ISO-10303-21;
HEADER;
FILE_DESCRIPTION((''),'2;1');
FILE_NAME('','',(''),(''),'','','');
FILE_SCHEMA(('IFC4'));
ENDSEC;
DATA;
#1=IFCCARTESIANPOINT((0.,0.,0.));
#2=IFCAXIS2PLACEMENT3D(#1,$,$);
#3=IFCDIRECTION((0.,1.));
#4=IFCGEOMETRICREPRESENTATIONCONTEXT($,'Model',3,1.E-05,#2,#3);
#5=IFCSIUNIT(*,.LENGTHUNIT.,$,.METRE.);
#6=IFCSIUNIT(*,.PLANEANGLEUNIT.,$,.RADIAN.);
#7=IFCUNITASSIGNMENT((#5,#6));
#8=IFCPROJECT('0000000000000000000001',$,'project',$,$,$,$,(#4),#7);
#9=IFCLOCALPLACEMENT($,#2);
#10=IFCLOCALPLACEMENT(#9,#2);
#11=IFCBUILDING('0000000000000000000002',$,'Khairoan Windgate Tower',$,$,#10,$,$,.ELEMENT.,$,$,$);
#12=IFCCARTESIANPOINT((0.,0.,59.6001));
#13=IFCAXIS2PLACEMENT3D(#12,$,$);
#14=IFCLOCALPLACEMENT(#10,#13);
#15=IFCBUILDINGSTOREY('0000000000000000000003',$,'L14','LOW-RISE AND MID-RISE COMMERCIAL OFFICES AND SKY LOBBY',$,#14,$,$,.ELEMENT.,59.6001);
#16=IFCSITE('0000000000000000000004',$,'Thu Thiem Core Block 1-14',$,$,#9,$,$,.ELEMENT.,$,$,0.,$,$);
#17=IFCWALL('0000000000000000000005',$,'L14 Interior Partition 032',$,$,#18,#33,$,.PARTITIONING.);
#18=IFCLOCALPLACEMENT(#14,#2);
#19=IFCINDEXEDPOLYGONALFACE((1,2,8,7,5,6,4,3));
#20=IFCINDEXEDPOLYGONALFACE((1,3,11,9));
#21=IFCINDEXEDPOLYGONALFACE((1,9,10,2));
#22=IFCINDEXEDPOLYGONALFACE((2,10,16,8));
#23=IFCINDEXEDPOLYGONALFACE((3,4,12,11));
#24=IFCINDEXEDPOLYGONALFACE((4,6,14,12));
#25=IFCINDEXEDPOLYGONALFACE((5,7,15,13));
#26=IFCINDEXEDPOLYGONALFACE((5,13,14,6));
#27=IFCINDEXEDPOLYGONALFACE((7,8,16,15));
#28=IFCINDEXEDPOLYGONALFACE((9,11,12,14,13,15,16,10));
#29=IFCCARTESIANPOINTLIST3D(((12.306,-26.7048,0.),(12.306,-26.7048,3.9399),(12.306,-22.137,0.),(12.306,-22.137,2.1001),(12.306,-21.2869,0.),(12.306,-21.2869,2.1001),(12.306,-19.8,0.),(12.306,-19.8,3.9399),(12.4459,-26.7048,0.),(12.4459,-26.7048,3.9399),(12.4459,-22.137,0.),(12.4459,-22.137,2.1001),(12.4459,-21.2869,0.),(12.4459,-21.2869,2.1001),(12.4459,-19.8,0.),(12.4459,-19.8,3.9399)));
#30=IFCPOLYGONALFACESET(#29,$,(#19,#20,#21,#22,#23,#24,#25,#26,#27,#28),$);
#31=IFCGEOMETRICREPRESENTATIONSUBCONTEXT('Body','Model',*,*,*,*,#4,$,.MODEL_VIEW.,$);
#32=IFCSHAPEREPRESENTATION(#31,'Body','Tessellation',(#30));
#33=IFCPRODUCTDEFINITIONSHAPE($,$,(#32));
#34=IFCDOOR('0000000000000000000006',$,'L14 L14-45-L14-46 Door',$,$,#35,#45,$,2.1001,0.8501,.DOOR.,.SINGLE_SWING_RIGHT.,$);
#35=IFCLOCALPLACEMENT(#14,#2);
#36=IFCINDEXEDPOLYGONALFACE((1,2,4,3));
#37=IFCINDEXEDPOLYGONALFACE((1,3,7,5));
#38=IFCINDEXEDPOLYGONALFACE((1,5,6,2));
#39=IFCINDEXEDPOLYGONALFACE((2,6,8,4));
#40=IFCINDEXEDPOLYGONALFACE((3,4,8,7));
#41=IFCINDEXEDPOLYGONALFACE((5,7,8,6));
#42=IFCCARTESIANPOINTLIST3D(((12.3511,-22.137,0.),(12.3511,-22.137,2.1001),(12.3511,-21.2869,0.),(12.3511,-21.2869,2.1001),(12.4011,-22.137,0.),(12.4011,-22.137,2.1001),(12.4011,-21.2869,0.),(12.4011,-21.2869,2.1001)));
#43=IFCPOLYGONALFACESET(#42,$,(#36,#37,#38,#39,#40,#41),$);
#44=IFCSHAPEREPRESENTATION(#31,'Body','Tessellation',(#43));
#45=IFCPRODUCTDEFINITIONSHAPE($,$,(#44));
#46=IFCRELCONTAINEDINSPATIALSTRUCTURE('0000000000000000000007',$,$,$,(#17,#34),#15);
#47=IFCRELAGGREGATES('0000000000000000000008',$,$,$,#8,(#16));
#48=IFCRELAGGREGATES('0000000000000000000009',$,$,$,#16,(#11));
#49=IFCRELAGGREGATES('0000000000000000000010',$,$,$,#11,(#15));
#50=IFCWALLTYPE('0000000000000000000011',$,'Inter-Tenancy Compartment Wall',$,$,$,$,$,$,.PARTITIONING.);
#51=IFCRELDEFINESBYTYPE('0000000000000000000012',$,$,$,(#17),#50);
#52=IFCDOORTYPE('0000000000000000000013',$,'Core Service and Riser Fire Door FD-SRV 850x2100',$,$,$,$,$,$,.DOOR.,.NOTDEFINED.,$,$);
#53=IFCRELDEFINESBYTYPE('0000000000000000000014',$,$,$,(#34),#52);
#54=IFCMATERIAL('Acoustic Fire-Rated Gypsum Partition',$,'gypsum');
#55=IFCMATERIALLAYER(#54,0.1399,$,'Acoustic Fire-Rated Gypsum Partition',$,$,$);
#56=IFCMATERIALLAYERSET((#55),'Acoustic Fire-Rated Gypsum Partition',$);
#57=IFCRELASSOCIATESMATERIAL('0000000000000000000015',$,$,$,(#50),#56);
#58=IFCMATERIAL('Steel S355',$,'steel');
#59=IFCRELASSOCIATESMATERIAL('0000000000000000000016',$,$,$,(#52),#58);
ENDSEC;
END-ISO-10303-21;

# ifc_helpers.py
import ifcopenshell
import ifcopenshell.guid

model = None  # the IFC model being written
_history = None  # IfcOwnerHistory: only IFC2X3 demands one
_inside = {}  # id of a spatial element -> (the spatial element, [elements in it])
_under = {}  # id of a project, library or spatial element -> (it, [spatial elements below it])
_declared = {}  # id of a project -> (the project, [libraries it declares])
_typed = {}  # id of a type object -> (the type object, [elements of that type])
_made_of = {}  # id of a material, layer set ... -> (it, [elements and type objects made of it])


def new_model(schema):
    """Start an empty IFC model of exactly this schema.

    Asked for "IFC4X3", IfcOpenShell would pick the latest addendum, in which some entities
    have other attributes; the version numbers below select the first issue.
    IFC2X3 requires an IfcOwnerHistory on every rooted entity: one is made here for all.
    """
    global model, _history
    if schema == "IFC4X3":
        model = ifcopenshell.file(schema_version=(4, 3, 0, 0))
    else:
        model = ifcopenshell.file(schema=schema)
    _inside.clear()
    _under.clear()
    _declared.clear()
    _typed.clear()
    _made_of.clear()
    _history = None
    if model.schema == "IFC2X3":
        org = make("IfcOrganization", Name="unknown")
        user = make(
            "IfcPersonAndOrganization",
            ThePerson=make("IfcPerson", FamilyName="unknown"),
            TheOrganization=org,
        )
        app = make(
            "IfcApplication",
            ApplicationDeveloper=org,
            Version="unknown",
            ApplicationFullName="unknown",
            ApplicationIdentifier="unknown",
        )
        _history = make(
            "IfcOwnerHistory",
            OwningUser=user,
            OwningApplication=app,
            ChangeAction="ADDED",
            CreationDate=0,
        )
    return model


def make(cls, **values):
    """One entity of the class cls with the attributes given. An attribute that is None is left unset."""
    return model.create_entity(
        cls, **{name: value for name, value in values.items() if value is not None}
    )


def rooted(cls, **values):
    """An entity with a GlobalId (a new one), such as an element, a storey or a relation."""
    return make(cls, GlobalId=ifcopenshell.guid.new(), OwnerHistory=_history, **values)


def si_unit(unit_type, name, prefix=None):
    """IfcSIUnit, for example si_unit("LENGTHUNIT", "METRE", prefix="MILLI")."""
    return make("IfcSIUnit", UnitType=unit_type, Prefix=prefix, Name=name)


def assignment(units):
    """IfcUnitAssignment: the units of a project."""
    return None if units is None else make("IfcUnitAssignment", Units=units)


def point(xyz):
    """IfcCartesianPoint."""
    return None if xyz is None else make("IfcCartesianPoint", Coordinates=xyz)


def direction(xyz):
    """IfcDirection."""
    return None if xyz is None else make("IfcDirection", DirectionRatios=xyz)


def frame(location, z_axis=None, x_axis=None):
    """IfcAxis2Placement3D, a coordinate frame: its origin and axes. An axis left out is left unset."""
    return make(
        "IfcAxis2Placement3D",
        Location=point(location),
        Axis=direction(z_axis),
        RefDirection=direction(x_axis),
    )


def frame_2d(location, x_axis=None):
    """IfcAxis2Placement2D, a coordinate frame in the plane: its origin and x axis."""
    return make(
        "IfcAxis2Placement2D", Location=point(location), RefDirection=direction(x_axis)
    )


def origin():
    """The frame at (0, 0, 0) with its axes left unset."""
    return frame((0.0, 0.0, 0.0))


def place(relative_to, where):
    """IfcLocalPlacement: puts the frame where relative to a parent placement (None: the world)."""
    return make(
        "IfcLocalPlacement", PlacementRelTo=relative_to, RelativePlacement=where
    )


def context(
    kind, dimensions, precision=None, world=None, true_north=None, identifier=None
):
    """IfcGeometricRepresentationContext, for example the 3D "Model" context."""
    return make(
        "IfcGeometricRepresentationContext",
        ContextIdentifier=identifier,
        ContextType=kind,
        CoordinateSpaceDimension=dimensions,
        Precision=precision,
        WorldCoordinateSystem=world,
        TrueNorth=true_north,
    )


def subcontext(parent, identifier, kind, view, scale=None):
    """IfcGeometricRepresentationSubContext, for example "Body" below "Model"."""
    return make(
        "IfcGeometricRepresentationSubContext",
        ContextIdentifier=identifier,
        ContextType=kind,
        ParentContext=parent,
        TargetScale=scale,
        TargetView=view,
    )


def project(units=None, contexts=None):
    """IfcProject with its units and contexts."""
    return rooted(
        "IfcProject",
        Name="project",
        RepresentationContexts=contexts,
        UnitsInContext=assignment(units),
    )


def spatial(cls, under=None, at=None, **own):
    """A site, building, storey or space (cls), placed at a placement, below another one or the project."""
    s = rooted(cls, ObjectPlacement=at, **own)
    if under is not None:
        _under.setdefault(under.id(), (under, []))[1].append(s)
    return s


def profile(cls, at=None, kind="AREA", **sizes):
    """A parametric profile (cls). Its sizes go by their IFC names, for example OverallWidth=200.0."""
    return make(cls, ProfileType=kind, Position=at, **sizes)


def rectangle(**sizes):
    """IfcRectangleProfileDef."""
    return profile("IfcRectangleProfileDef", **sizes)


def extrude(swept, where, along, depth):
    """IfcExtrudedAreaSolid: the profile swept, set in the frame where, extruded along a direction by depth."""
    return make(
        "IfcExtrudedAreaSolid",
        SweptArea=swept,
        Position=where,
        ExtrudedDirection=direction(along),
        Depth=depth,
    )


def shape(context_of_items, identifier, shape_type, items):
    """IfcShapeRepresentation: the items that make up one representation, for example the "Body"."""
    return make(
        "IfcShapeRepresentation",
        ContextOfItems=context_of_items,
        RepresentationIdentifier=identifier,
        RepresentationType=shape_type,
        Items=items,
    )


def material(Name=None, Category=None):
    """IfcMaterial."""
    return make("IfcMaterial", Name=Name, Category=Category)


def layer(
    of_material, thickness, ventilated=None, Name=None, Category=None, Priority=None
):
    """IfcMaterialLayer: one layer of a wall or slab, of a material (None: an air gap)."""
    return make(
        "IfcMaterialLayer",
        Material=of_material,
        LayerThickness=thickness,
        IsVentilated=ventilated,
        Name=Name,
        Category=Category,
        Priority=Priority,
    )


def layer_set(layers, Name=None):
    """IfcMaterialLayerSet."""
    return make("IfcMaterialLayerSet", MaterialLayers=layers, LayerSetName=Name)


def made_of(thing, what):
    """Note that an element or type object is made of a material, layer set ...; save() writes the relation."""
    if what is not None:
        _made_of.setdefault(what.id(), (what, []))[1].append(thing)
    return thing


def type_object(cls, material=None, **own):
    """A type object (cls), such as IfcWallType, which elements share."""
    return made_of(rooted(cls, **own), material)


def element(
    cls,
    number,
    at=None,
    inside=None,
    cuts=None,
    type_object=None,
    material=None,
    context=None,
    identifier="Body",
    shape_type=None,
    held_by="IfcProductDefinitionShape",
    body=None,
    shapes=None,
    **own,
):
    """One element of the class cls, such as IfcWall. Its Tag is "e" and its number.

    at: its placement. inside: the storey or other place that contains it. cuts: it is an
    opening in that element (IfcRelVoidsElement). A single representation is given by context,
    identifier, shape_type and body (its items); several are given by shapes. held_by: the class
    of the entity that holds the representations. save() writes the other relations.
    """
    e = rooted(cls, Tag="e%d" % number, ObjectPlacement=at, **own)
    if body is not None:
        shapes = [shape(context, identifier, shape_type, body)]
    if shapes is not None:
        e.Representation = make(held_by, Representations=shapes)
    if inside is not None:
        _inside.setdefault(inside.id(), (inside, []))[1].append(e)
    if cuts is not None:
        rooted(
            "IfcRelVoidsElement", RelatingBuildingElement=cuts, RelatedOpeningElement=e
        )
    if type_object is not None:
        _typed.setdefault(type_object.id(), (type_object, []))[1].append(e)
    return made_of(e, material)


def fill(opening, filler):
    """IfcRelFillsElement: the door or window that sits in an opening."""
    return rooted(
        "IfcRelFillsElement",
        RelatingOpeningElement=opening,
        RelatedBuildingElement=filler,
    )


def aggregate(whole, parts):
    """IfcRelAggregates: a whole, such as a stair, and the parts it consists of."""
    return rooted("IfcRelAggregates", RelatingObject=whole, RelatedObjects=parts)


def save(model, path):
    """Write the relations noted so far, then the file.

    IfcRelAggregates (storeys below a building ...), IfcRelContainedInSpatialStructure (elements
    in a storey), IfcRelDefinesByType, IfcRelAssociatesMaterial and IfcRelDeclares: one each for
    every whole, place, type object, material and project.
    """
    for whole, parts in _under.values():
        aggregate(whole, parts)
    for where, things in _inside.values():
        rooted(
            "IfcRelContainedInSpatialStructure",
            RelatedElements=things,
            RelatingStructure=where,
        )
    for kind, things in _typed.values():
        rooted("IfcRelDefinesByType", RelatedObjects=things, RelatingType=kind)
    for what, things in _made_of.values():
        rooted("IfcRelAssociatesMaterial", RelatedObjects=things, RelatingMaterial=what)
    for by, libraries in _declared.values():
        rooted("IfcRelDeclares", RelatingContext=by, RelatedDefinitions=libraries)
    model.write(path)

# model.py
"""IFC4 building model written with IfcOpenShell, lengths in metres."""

from ifc_helpers import new_model, si_unit, direction, frame, frame_2d, origin, place, context, subcontext, project, spatial, rectangle, extrude, material, layer, layer_set, type_object, element, fill, save


model = new_model("IFC4")

# Units and contexts
model_context = context("Model", 3, precision=1e-05, world=origin(), true_north=direction((0.0, 1.0)))
body_context = subcontext(model_context, "Body", "Model", "MODEL_VIEW")
ifc_project = project(units=[si_unit("LENGTHUNIT", "METRE"), si_unit("PLANEANGLEUNIT", "RADIAN")], contexts=[model_context])

# Site, building, storey
site_placement = place(None, origin())
site = spatial("IfcSite", under=ifc_project, at=site_placement, Name="Thu Thiem Core Block 1-14", CompositionType="ELEMENT", RefElevation=0.0)
building_placement = place(site_placement, origin())
building = spatial("IfcBuilding", under=site, at=building_placement, Name="Khairoan Windgate Tower", CompositionType="ELEMENT")
storey_placement = place(building_placement, frame((0.0, 0.0, 59.6001)))
storey = spatial("IfcBuildingStorey", under=building, at=storey_placement, Name="L14", Description="LOW-RISE AND MID-RISE COMMERCIAL OFFICES AND SKY LOBBY", CompositionType="ELEMENT", Elevation=59.6001)

# Wall, opening, door
ifc_material_1 = material(Name="Acoustic Fire-Rated Gypsum Partition", Category="gypsum")
ifc_layer_1 = layer(ifc_material_1, 0.1399, Name="Acoustic Fire-Rated Gypsum Partition")
ifc_layer_set_1 = layer_set([ifc_layer_1], Name="Acoustic Fire-Rated Gypsum Partition")
wall_type_1 = type_object("IfcWallType", Name="Inter-Tenancy Compartment Wall", PredefinedType="PARTITIONING", material=ifc_layer_set_1)
wall_1_placement = place(storey_placement, frame((12.376, -26.7048, 0.0), z_axis=(0.0, 0.0, 1.0), x_axis=(0.0, 1.0, 0.0)))
wall_1 = element("IfcWall", 1, at=wall_1_placement, inside=storey, type_object=wall_type_1, Name="L14 Interior Partition 032", PredefinedType="PARTITIONING", context=body_context, shape_type="SweptSolid", body=[
    extrude(rectangle(XDim=6.9048, YDim=0.1399, at=frame_2d((3.4524, 0.0))), origin(), (0.0, 0.0, 1.0), 3.9399),
])
opening_1_placement = place(wall_1_placement, frame((4.5679, 0.0, 0.0)))
opening_1 = element("IfcOpeningElement", 2, at=opening_1_placement, cuts=wall_1, PredefinedType="OPENING", context=body_context, shape_type="SweptSolid", body=[
    extrude(rectangle(XDim=0.8501, YDim=2.1001, at=frame_2d((0.425, 1.05))), frame((0.0, 0.0798, 0.0), z_axis=(0.0, -1.0, 0.0), x_axis=(1.0, 0.0, 0.0)), (0.0, 0.0, 1.0), 0.1599),
])
ifc_material_2 = material(Name="Steel S355", Category="steel")
door_type_1 = type_object("IfcDoorType", Name="Core Service and Riser Fire Door FD-SRV 850x2100", OperationType="NOTDEFINED", PredefinedType="DOOR", material=ifc_material_2)
door_1_placement = place(opening_1_placement, origin())
door_1 = element("IfcDoor", 3, at=door_1_placement, inside=storey, type_object=door_type_1, Name="L14 L14-45-L14-46 Door", OperationType="SINGLE_SWING_RIGHT", OverallHeight=2.1001, OverallWidth=0.8501, PredefinedType="DOOR", context=body_context, shape_type="SweptSolid", body=[
    extrude(rectangle(XDim=0.8501, YDim=2.1001, at=frame_2d((0.425, 1.05))), frame((0.0, 0.0249, 0.0), z_axis=(0.0, -1.0, 0.0), x_axis=(1.0, 0.0, 0.0)), (0.0, 0.0, 1.0), 0.05),
])
fill(opening_1, door_1)

save(model, "model.ifc")
